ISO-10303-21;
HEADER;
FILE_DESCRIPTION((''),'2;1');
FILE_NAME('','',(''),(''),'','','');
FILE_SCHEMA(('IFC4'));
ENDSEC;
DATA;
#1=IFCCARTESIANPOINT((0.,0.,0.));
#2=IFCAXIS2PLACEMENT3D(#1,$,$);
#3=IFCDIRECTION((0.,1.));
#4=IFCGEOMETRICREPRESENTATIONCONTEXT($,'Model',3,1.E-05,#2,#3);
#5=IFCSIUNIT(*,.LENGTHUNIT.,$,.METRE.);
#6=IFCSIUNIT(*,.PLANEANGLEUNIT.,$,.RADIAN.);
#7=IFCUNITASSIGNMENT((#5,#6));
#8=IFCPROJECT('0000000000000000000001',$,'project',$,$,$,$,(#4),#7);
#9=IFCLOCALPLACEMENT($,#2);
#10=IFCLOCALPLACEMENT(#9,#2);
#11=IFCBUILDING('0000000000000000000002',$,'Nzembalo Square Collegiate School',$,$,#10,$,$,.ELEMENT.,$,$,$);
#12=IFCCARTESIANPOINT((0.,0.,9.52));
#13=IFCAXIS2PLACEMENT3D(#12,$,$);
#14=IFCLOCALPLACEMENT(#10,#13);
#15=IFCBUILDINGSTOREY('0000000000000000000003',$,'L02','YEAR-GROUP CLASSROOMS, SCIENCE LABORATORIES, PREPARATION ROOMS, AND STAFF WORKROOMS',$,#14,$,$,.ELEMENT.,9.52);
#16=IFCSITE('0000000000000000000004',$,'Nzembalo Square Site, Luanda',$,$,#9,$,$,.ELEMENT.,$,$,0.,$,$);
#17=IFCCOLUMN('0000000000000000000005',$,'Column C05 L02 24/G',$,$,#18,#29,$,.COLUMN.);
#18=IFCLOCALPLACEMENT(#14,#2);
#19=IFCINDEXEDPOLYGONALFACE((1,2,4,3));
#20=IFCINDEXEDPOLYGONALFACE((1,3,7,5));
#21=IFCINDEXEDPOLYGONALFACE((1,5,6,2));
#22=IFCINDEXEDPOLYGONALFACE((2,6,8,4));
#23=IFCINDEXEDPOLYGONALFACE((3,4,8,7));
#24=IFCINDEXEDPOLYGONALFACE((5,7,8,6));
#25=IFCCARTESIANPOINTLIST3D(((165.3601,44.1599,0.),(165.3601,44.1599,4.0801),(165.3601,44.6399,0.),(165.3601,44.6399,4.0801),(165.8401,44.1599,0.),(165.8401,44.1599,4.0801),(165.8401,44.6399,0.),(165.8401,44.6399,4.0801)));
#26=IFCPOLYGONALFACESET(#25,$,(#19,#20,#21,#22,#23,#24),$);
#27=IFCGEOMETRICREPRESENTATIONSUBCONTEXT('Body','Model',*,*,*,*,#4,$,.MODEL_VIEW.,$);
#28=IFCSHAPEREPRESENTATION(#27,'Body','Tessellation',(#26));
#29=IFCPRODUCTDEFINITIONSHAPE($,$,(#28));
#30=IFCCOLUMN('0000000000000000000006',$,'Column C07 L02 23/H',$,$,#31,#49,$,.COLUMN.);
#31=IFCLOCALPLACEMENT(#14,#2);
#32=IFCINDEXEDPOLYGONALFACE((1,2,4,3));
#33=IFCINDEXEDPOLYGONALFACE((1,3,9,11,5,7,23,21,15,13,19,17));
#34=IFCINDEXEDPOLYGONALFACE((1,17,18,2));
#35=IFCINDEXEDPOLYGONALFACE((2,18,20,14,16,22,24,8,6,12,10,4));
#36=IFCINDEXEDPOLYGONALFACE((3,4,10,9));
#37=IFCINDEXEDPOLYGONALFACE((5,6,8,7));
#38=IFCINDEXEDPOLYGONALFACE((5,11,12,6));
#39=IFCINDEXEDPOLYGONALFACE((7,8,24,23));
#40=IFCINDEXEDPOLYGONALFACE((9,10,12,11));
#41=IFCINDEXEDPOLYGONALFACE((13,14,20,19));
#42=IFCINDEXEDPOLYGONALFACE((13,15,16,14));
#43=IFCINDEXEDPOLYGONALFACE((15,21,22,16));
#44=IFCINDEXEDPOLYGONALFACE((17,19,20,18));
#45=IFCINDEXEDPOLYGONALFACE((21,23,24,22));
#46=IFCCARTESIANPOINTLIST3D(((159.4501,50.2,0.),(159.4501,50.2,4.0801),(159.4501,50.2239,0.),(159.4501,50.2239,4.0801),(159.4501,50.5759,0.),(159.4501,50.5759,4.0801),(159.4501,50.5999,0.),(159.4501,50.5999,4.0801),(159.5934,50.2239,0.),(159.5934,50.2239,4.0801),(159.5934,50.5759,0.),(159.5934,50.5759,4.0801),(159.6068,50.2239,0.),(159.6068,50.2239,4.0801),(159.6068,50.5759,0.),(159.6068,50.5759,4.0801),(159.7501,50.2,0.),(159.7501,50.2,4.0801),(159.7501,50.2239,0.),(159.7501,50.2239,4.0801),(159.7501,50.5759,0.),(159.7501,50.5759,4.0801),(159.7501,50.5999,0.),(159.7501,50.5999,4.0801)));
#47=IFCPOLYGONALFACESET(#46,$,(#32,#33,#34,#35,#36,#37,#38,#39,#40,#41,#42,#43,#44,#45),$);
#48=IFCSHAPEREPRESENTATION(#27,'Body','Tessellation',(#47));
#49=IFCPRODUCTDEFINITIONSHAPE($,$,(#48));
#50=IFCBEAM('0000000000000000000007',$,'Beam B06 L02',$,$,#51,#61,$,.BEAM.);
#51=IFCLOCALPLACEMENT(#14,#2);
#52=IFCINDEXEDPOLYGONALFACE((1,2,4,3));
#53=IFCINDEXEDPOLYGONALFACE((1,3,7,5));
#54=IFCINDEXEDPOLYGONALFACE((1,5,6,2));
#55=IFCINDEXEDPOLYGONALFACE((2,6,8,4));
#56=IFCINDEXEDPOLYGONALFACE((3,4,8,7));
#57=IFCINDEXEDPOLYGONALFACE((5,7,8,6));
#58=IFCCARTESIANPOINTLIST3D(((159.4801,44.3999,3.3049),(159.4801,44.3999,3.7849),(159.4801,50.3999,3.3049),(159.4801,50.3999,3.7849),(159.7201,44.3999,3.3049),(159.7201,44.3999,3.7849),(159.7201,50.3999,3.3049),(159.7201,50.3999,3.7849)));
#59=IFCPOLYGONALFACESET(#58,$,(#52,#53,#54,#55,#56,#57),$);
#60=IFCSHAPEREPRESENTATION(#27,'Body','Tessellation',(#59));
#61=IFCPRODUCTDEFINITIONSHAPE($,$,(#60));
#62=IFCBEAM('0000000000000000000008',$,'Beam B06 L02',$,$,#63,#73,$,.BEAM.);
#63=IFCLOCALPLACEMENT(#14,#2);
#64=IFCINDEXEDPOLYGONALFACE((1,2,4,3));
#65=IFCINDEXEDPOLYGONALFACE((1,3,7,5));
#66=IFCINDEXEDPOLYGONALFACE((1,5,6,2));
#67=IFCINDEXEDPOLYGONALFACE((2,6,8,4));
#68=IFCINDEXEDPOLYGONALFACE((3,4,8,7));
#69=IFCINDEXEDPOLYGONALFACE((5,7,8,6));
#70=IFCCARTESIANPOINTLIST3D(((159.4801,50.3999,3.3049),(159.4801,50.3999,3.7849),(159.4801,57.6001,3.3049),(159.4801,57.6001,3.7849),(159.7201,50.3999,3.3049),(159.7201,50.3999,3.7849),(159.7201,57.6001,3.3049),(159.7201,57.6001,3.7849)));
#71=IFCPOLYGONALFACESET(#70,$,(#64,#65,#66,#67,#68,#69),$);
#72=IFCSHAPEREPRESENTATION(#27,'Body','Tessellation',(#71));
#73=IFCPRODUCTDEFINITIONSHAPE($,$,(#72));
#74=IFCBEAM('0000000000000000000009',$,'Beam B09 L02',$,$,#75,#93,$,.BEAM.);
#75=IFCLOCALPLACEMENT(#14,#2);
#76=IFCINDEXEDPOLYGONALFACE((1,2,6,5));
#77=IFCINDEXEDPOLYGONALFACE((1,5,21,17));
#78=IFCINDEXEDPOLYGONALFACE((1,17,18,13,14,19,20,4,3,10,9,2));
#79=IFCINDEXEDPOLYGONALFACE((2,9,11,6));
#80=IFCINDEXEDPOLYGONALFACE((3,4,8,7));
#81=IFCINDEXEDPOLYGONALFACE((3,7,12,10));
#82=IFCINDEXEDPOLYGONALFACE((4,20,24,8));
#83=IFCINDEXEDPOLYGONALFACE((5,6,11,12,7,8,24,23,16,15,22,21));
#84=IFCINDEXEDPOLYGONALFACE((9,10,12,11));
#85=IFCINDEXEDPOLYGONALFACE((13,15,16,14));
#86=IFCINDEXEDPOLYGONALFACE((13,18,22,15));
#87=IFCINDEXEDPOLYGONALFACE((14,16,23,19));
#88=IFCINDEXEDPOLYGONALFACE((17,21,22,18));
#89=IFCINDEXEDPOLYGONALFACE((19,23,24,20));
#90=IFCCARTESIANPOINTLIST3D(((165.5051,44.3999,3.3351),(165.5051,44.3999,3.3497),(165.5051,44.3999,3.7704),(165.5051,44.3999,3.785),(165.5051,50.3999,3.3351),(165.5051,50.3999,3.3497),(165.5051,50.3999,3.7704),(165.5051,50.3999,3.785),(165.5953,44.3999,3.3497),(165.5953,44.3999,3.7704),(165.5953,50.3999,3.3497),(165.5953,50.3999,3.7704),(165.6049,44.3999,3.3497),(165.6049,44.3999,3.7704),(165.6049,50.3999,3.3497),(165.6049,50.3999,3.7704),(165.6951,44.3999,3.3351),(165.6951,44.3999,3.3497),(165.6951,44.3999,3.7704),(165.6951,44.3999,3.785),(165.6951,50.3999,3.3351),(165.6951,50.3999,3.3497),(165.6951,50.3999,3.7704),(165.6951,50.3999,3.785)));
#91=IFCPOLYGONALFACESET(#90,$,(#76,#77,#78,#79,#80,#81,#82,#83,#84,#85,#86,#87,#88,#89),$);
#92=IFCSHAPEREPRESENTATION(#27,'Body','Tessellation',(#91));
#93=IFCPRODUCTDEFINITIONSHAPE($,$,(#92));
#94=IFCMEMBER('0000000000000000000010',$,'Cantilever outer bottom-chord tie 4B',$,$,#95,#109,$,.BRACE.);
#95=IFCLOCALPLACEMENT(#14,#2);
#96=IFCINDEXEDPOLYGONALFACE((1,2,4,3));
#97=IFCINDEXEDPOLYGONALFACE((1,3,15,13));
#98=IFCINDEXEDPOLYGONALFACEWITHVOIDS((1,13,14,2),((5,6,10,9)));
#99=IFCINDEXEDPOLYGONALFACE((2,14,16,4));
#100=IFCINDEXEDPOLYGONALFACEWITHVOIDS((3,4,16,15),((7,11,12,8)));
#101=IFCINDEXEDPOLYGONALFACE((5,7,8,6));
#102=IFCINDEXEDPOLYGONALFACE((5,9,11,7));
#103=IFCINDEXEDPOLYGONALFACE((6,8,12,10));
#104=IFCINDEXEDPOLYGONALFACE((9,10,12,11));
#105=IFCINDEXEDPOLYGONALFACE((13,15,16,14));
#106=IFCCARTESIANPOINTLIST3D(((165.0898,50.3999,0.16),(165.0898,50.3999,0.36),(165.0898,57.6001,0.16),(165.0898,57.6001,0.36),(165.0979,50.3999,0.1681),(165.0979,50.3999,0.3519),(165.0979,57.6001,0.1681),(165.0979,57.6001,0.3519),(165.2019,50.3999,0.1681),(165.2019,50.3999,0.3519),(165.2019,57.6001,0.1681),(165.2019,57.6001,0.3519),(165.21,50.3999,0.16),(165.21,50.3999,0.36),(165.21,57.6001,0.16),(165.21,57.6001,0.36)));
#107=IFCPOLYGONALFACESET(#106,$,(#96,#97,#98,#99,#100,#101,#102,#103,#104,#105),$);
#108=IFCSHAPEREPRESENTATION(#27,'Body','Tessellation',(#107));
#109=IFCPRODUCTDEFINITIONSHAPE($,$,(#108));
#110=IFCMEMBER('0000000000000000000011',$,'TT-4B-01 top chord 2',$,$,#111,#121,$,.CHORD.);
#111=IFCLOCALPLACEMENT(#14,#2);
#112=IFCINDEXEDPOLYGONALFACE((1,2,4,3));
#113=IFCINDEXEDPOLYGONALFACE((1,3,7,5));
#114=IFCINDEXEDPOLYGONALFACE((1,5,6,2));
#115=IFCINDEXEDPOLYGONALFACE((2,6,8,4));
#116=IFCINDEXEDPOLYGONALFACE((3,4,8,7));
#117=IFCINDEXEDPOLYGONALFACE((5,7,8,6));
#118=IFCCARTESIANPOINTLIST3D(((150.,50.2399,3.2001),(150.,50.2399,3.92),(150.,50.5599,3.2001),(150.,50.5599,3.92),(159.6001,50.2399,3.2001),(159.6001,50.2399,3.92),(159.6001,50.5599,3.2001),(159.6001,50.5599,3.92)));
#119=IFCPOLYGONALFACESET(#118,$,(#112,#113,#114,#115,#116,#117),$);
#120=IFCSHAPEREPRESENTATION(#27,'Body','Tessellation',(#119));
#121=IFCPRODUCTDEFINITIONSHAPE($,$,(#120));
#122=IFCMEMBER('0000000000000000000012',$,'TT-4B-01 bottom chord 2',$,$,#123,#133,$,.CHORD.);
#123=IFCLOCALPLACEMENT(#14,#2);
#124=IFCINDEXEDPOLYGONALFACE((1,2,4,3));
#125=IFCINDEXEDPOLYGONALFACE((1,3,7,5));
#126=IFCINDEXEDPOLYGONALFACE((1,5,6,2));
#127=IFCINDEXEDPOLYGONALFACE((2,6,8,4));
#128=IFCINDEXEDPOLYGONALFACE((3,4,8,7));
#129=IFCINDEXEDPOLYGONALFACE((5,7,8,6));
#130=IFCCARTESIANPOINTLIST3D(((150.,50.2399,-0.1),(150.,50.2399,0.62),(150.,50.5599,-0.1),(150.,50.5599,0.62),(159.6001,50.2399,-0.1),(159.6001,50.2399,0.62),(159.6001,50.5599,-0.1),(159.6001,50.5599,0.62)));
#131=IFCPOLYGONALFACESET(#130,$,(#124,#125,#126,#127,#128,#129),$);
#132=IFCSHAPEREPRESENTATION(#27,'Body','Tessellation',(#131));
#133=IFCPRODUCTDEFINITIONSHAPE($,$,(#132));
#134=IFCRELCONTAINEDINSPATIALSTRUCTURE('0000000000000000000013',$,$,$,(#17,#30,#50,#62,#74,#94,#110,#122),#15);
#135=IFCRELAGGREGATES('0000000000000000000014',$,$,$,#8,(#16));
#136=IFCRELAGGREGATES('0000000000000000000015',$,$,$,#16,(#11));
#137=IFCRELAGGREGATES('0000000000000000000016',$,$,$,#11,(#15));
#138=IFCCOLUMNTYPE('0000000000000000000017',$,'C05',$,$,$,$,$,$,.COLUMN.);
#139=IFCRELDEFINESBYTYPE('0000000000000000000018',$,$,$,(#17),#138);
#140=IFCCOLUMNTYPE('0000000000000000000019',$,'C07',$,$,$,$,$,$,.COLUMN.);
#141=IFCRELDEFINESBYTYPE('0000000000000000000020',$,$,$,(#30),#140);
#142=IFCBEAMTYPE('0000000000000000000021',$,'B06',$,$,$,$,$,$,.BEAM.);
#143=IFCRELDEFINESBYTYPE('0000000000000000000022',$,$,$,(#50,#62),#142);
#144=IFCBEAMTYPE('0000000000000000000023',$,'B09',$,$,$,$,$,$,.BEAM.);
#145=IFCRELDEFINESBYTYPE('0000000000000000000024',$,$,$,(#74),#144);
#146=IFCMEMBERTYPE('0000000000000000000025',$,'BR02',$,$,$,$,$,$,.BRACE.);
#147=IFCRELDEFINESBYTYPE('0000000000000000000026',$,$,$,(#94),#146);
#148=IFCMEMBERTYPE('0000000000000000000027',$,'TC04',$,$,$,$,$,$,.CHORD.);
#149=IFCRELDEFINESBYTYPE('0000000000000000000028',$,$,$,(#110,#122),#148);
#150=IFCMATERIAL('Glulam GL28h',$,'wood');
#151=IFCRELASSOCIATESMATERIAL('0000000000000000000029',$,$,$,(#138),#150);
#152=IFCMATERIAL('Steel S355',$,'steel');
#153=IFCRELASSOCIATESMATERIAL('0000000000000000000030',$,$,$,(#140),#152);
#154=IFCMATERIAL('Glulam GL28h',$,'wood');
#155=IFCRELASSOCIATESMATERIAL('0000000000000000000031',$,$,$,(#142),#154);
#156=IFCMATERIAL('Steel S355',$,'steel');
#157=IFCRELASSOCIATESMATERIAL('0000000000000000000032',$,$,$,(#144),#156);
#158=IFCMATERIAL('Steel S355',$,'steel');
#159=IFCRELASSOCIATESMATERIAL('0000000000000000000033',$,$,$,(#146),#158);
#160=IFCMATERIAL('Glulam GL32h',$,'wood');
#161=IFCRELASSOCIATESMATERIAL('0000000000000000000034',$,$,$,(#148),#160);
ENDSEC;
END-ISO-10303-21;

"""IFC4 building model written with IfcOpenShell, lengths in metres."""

from ifc_helpers import new_model, si_unit, direction, frame, origin, origin_2d, place, context, subcontext, project, spatial, rectangle, hollow_rectangle, i_section, extrude, material, material_profile, profile_set, type_object, element, save


model = new_model("IFC4")

# Units and contexts
model_context = context("Model", 3, precision=1e-05, world=origin(), true_north=direction((0.0, 1.0)))
body_context = subcontext(model_context, "Body", "Model", "MODEL_VIEW")
ifc_project = project(units=[si_unit("LENGTHUNIT", "METRE"), si_unit("PLANEANGLEUNIT", "RADIAN")], contexts=[model_context])

# Site, building, storey
site_placement = place(None, origin())
site = spatial("IfcSite", under=ifc_project, at=site_placement, Name="Nzembalo Square Site, Luanda", CompositionType="ELEMENT", RefElevation=0.0)
building_placement = place(site_placement, origin())
building = spatial("IfcBuilding", under=site, at=building_placement, Name="Nzembalo Square Collegiate School", CompositionType="ELEMENT")
storey_placement = place(building_placement, frame((0.0, 0.0, 9.52)))
storey = spatial("IfcBuildingStorey", under=building, at=storey_placement, Name="L02", Description="YEAR-GROUP CLASSROOMS, SCIENCE LABORATORIES, PREPARATION ROOMS, AND STAFF WORKROOMS", CompositionType="ELEMENT", Elevation=9.52)

# Columns
ifc_material_1 = material(Name="Glulam GL28h", Category="wood")
ifc_material_profile_1 = material_profile(ifc_material_1, rectangle(XDim=0.48, YDim=0.48, at=origin_2d()), Name="GL28h 480x480")
ifc_profile_set_1 = profile_set([ifc_material_profile_1], Name="Glulam GL28h")
column_type_1 = type_object("IfcColumnType", Name="C05", PredefinedType="COLUMN", material=ifc_profile_set_1)
column_1_placement = place(storey_placement, frame((165.6001, 44.3999, 0.0), z_axis=(0.0, 0.0, 1.0), x_axis=(1.0, 0.0, 0.0)))
element("IfcColumn", 1, at=column_1_placement, inside=storey, type_object=column_type_1, Name="Column C05 L02 24/G", PredefinedType="COLUMN", context=body_context, shape_type="SweptSolid", body=[
    extrude(rectangle(XDim=0.48, YDim=0.48, at=origin_2d()), origin(), (0.0, 0.0, 1.0), 4.0801),
])
ifc_material_2 = material(Name="Steel S355", Category="steel")
ifc_material_profile_2 = material_profile(ifc_material_2, i_section(OverallWidth=0.3, OverallDepth=0.3999, WebThickness=0.0134, FlangeThickness=0.0239, at=origin_2d()), Name="HEB 400")
ifc_profile_set_2 = profile_set([ifc_material_profile_2], Name="Steel S355")
column_type_2 = type_object("IfcColumnType", Name="C07", PredefinedType="COLUMN", material=ifc_profile_set_2)
column_2_placement = place(storey_placement, frame((159.6001, 50.3999, 0.0), z_axis=(0.0, 0.0, 1.0), x_axis=(1.0, 0.0, 0.0)))
element("IfcColumn", 2, at=column_2_placement, inside=storey, type_object=column_type_2, Name="Column C07 L02 23/H", PredefinedType="COLUMN", context=body_context, shape_type="SweptSolid", body=[
    extrude(i_section(OverallWidth=0.3, OverallDepth=0.3999, WebThickness=0.0134, FlangeThickness=0.0239, at=origin_2d()), origin(), (0.0, 0.0, 1.0), 4.0801),
])

# Beams
ifc_material_3 = material(Name="Glulam GL28h", Category="wood")
ifc_material_profile_3 = material_profile(ifc_material_3, rectangle(XDim=0.24, YDim=0.48, at=origin_2d()), Name="GL28h 240x480")
ifc_profile_set_3 = profile_set([ifc_material_profile_3], Name="Glulam GL28h")
beam_type_1 = type_object("IfcBeamType", Name="B06", PredefinedType="BEAM", material=ifc_profile_set_3)
beam_1_placement = place(storey_placement, frame((159.6001, 44.3999, 3.5449), z_axis=(0.0, 1.0, 0.0), x_axis=(-1.0, 0.0, 0.0)))
element("IfcBeam", 3, at=beam_1_placement, inside=storey, type_object=beam_type_1, Name="Beam B06 L02", PredefinedType="BEAM", context=body_context, shape_type="SweptSolid", body=[
    extrude(rectangle(XDim=0.24, YDim=0.48, at=origin_2d()), origin(), (0.0, 0.0, 1.0), 6.0),
])
beam_2_placement = place(storey_placement, frame((159.6001, 50.3999, 3.5449), z_axis=(0.0, 1.0, 0.0), x_axis=(-1.0, 0.0, 0.0)))
element("IfcBeam", 4, at=beam_2_placement, inside=storey, type_object=beam_type_1, Name="Beam B06 L02", PredefinedType="BEAM", context=body_context, shape_type="SweptSolid", body=[
    extrude(rectangle(XDim=0.24, YDim=0.48, at=origin_2d()), origin(), (0.0, 0.0, 1.0), 7.2002),
])
ifc_material_4 = material(Name="Steel S355", Category="steel")
ifc_material_profile_4 = material_profile(ifc_material_4, i_section(OverallWidth=0.1899, OverallDepth=0.45, WebThickness=0.0095, FlangeThickness=0.0146, at=origin_2d()), Name="IPE 450")
ifc_profile_set_4 = profile_set([ifc_material_profile_4], Name="Steel S355")
beam_type_2 = type_object("IfcBeamType", Name="B09", PredefinedType="BEAM", material=ifc_profile_set_4)
beam_3_placement = place(storey_placement, frame((165.6001, 44.3999, 3.5601), z_axis=(0.0, 1.0, 0.0), x_axis=(-1.0, 0.0, 0.0)))
element("IfcBeam", 5, at=beam_3_placement, inside=storey, type_object=beam_type_2, Name="Beam B09 L02", PredefinedType="BEAM", context=body_context, shape_type="SweptSolid", body=[
    extrude(i_section(OverallWidth=0.1899, OverallDepth=0.45, WebThickness=0.0095, FlangeThickness=0.0146, at=origin_2d()), origin(), (0.0, 0.0, 1.0), 6.0),
])

# Members
ifc_material_5 = material(Name="Steel S355", Category="steel")
ifc_material_profile_5 = material_profile(ifc_material_5, hollow_rectangle(XDim=0.1201, YDim=0.2, WallThickness=0.0081, at=origin_2d()), Name="RHS 200x120x8")
ifc_profile_set_5 = profile_set([ifc_material_profile_5], Name="Steel S355")
member_type_1 = type_object("IfcMemberType", Name="BR02", PredefinedType="BRACE", material=ifc_profile_set_5)
member_1_placement = place(storey_placement, frame((165.1499, 50.3999, 0.26), z_axis=(0.0, 1.0, 0.0), x_axis=(-1.0, 0.0, 0.0)))
element("IfcMember", 6, at=member_1_placement, inside=storey, type_object=member_type_1, Name="Cantilever outer bottom-chord tie 4B", PredefinedType="BRACE", context=body_context, shape_type="SweptSolid", body=[
    extrude(hollow_rectangle(XDim=0.1201, YDim=0.2, WallThickness=0.0081, at=origin_2d()), origin(), (0.0, 0.0, 1.0), 7.2002),
])
ifc_material_6 = material(Name="Glulam GL32h", Category="wood")
ifc_material_profile_6 = material_profile(ifc_material_6, rectangle(XDim=0.3201, YDim=0.72, at=origin_2d()), Name="GL32h 320x720")
ifc_profile_set_6 = profile_set([ifc_material_profile_6], Name="Glulam GL32h")
member_type_2 = type_object("IfcMemberType", Name="TC04", PredefinedType="CHORD", material=ifc_profile_set_6)
for number, where, z_axis, x_axis, name in (
    (7, (159.6001, 50.3999, 3.5601), (-1.0, 0.0, 0.0), (0.0, -1.0, 0.0), "TT-4B-01 top chord 2"),
    (8, (159.6001, 50.3999, 0.26), (-1.0, 0.0, 0.0), (0.0, -1.0, 0.0), "TT-4B-01 bottom chord 2"),
):
    element("IfcMember", number, at=place(storey_placement, frame(where, z_axis=z_axis, x_axis=x_axis)), inside=storey, type_object=member_type_2, Name=name, PredefinedType="CHORD", context=body_context, shape_type="SweptSolid", body=[
        extrude(rectangle(XDim=0.3201, YDim=0.72, at=origin_2d()), origin(), (0.0, 0.0, 1.0), 9.6001),
    ])

save(model, "model.ifc")
